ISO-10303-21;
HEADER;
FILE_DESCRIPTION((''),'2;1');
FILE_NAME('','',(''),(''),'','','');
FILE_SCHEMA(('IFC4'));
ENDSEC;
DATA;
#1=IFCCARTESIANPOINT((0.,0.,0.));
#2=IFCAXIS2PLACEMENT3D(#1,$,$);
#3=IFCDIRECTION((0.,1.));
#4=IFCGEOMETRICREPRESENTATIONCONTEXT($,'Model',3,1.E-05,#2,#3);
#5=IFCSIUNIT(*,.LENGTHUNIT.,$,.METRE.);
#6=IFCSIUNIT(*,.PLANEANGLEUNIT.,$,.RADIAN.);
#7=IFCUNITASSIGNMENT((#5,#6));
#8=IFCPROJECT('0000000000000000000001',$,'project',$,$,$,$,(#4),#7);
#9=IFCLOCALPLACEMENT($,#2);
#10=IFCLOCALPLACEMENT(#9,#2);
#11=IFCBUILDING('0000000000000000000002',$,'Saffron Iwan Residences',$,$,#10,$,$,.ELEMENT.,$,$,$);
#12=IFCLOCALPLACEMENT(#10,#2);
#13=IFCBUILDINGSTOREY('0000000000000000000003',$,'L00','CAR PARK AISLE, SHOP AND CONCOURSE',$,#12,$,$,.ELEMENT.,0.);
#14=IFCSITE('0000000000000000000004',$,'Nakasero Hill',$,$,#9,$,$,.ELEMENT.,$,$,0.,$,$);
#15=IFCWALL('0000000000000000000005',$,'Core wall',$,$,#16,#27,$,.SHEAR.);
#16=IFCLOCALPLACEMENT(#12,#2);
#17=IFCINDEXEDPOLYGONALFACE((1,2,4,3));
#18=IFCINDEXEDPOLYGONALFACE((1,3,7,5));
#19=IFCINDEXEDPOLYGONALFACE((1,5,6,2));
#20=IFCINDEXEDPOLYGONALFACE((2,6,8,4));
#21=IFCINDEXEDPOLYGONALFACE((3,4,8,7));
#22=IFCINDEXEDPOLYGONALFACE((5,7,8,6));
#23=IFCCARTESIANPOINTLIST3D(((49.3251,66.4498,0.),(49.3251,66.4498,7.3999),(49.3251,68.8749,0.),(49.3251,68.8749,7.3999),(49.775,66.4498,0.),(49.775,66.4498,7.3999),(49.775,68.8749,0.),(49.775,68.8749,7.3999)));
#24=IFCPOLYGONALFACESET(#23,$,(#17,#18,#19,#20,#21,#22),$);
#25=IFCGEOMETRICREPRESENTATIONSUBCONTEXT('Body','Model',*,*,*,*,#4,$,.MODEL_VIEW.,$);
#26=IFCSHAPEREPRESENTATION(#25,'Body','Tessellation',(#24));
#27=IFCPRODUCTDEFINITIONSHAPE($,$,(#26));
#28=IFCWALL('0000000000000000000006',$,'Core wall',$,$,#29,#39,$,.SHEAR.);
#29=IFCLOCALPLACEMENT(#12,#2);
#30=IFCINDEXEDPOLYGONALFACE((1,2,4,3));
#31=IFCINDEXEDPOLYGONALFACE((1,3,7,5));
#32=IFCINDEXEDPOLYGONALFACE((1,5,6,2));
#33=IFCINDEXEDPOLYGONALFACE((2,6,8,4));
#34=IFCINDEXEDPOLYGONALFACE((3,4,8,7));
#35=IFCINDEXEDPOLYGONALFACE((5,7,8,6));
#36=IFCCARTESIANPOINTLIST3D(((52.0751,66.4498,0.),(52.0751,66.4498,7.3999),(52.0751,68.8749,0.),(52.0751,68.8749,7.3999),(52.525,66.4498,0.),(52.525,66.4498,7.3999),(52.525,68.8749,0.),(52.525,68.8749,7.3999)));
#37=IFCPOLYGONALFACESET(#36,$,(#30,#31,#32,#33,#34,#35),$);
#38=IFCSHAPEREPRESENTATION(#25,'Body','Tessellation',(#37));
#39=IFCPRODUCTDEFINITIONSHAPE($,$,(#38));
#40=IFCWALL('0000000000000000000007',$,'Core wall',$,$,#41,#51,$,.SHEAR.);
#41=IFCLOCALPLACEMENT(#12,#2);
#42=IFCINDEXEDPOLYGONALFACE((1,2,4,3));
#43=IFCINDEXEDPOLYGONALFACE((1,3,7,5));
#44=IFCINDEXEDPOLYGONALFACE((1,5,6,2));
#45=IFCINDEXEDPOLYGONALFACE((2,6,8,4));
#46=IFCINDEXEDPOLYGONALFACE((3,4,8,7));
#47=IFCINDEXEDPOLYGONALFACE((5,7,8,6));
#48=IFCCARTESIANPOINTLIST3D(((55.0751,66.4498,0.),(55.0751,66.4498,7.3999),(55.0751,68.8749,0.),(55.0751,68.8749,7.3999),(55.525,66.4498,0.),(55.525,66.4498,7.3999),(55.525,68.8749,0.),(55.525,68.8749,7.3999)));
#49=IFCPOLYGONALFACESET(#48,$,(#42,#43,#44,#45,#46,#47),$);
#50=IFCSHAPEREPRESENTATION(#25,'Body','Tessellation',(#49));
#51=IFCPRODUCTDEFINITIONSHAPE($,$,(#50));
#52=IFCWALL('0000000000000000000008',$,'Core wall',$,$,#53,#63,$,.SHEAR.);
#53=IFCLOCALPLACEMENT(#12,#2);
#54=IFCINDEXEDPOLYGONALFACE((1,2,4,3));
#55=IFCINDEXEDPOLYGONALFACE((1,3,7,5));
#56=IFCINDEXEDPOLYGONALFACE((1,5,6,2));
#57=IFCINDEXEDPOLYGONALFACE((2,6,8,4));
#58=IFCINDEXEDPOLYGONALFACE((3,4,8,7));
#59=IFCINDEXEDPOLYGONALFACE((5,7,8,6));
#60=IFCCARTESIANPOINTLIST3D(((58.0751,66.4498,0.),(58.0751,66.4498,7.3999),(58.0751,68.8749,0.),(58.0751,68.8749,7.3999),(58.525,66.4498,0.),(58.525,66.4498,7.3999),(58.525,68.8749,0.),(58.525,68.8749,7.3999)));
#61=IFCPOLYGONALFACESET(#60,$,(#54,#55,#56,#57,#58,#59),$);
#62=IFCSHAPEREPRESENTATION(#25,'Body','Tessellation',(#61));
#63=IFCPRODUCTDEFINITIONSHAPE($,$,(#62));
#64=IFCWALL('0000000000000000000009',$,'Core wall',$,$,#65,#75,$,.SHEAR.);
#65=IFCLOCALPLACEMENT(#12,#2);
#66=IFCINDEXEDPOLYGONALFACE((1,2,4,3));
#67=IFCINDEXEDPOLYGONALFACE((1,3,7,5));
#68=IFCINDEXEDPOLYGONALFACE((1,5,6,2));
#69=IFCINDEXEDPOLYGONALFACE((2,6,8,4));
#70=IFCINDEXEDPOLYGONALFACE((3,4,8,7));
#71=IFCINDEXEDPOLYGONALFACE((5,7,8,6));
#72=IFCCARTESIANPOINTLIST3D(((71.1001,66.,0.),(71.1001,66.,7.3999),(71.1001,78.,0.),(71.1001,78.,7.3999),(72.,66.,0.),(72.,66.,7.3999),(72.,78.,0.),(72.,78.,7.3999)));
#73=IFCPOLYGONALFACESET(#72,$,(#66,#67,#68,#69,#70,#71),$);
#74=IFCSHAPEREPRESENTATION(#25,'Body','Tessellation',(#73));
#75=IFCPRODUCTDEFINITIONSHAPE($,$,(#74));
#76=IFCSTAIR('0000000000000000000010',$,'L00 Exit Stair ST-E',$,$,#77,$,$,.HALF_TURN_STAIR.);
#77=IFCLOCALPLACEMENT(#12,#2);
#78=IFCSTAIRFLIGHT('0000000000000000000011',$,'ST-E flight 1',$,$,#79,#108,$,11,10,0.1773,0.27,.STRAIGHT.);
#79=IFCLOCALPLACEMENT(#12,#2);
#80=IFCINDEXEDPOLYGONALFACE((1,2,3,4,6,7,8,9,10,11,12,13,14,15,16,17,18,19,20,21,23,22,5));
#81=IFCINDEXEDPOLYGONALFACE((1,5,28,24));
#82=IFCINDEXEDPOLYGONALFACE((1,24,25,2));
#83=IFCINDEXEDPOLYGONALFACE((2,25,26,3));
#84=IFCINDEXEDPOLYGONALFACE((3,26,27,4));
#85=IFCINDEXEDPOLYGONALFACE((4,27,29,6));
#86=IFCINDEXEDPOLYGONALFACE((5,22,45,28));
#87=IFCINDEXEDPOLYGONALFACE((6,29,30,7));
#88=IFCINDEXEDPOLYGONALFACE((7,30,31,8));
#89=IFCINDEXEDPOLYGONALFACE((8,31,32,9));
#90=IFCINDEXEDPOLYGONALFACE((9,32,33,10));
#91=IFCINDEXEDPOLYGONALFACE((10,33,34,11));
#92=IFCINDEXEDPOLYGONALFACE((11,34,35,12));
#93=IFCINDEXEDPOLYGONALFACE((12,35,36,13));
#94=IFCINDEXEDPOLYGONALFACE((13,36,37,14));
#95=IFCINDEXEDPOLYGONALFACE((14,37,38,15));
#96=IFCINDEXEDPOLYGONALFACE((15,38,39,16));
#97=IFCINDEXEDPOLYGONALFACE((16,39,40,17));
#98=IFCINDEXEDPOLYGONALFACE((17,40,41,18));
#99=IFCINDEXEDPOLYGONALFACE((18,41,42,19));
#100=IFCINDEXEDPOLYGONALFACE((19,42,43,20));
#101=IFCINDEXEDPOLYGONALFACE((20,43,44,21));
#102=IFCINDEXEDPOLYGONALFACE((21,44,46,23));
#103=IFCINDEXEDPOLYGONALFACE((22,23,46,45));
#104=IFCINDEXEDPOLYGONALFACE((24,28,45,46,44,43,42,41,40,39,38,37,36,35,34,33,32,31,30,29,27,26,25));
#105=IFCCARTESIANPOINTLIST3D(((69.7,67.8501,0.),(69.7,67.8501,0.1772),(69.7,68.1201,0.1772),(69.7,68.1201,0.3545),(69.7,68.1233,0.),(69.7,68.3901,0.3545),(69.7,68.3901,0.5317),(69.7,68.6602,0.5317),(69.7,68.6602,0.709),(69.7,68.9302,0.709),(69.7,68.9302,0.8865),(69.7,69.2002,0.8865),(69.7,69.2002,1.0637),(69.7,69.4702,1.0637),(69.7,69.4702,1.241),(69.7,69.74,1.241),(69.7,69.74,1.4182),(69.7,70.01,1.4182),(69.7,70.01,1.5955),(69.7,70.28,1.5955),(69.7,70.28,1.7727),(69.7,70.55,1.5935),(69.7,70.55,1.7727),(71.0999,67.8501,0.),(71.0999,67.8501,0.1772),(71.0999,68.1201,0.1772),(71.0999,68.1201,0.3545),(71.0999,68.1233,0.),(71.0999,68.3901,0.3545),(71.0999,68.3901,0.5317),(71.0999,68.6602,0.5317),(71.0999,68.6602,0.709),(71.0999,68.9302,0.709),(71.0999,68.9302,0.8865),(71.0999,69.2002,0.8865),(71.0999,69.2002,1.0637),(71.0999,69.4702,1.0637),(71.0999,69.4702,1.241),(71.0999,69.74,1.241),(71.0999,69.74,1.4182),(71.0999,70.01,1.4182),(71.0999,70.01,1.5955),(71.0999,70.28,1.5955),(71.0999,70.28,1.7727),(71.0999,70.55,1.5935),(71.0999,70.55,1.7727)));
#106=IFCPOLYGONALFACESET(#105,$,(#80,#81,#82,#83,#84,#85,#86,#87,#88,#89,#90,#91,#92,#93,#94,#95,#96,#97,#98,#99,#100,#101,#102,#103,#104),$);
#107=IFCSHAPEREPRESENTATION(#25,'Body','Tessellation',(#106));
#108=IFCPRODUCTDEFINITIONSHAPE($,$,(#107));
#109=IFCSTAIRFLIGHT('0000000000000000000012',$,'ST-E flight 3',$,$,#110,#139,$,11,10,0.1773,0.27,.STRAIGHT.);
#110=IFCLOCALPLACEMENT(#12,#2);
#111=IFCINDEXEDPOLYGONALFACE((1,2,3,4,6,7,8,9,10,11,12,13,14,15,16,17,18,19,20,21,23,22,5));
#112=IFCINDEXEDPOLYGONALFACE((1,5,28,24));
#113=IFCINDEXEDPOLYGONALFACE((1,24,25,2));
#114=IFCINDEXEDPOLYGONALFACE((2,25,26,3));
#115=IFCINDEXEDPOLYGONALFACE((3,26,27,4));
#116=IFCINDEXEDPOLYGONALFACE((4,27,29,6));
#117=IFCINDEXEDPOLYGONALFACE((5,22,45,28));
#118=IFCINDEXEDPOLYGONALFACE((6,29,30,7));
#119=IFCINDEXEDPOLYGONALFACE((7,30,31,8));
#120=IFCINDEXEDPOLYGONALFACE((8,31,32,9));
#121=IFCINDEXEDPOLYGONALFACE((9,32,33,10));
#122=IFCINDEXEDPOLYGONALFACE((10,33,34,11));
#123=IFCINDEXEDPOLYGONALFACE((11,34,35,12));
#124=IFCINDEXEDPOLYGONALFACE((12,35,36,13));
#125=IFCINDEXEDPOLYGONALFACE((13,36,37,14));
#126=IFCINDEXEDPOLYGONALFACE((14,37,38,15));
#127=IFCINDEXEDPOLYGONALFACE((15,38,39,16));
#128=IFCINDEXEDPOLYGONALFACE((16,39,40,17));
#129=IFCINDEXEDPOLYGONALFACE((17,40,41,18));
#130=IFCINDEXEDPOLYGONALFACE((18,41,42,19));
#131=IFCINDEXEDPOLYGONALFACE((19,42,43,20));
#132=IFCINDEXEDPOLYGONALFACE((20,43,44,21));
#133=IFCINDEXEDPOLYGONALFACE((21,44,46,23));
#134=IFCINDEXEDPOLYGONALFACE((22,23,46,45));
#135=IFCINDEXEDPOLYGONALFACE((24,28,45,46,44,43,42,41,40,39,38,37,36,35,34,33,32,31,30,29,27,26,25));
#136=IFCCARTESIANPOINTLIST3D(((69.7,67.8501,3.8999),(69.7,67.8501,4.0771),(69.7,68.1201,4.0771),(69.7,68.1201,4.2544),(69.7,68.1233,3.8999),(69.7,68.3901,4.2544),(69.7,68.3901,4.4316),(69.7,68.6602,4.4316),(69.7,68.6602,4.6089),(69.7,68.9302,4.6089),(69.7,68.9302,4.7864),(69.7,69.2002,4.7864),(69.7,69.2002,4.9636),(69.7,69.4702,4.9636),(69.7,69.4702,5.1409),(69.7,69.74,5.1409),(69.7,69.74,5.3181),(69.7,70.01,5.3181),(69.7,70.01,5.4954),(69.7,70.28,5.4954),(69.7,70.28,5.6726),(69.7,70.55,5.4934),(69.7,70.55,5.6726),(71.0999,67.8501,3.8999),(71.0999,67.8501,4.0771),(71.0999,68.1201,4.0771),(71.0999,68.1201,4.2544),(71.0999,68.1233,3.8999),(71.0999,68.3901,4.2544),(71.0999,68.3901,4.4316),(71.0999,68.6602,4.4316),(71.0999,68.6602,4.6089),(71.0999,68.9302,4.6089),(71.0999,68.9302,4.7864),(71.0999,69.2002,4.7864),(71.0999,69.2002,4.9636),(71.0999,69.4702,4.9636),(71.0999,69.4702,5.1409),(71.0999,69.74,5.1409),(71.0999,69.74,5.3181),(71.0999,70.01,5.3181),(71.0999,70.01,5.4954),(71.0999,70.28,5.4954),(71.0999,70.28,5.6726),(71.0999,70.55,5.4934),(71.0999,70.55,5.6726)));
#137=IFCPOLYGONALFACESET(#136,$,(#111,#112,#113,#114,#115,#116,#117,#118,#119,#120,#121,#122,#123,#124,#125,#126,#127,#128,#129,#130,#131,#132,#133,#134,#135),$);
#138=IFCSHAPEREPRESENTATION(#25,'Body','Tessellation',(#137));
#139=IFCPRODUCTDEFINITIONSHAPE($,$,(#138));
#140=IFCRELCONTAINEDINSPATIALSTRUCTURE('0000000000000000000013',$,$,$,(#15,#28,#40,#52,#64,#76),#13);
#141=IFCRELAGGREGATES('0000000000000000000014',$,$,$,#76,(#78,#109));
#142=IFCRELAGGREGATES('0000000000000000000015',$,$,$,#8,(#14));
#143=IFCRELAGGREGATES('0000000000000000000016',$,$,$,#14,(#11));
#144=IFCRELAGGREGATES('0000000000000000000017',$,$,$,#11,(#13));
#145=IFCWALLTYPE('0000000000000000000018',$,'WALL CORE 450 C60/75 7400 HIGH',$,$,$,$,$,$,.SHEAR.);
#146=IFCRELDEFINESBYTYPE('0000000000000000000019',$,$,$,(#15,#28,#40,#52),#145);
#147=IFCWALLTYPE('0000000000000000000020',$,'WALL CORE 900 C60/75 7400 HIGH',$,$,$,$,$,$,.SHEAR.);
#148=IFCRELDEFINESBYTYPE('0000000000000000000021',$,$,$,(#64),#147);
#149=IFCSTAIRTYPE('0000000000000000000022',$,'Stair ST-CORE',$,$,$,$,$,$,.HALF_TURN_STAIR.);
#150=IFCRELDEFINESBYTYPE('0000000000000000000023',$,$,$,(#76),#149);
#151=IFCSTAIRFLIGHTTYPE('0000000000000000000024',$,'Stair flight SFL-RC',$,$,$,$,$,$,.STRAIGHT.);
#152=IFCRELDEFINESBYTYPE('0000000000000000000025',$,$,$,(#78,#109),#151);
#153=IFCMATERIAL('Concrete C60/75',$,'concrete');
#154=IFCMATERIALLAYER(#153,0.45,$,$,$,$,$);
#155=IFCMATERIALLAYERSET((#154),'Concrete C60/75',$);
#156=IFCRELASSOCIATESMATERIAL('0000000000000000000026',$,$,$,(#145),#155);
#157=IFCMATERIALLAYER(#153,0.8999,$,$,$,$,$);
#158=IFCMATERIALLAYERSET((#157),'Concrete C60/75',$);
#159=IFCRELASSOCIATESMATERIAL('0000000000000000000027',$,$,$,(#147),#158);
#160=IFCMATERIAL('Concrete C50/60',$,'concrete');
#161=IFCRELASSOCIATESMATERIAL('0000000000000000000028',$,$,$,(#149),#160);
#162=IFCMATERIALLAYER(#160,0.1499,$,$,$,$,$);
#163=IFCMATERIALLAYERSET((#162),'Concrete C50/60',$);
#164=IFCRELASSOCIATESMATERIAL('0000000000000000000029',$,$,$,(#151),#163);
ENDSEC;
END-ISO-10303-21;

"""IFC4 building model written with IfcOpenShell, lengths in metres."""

from ifc_helpers import new_model, si_unit, direction, frame, frame_2d, origin, place, context, subcontext, project, spatial, polyline, rectangle, outline, extrude, material, layer, layer_set, type_object, element, aggregate, save


model = new_model("IFC4")

# Units and contexts
model_context = context("Model", 3, precision=1e-05, world=origin(), true_north=direction((0.0, 1.0)))
body_context = subcontext(model_context, "Body", "Model", "MODEL_VIEW")
ifc_project = project(units=[si_unit("LENGTHUNIT", "METRE"), si_unit("PLANEANGLEUNIT", "RADIAN")], contexts=[model_context])

# Site, building, storey
site_placement = place(None, origin())
site = spatial("IfcSite", under=ifc_project, at=site_placement, Name="Nakasero Hill", CompositionType="ELEMENT", RefElevation=0.0)
building_placement = place(site_placement, origin())
building = spatial("IfcBuilding", under=site, at=building_placement, Name="Saffron Iwan Residences", CompositionType="ELEMENT")
storey_placement = place(building_placement, origin())
storey = spatial("IfcBuildingStorey", under=building, at=storey_placement, Name="L00", Description="CAR PARK AISLE, SHOP AND CONCOURSE", CompositionType="ELEMENT", Elevation=0.0)

# Shared definitions
ifc_material_1 = material(Name="Concrete C50/60", Category="concrete")

# Shared definitions
ifc_material_2 = material(Name="Concrete C60/75", Category="concrete")
ifc_layer_1 = layer(ifc_material_2, 0.45)
ifc_layer_set_1 = layer_set([ifc_layer_1], Name="Concrete C60/75")
wall_type_1 = type_object("IfcWallType", Name="WALL CORE 450 C60/75 7400 HIGH", PredefinedType="SHEAR", material=ifc_layer_set_1)

# Walls
for number, where, z_axis, x_axis, name in (
    (1, (49.55, 66.45, 0.0), (0.0, 0.0, 1.0), (0.0, 1.0, 0.0), "Core wall"),
    (2, (52.3, 66.45, 0.0), (0.0, 0.0, 1.0), (0.0, 1.0, 0.0), "Core wall"),
    (3, (55.3, 66.45, 0.0), (0.0, 0.0, 1.0), (0.0, 1.0, 0.0), "Core wall"),
    (4, (58.3, 66.45, 0.0), (0.0, 0.0, 1.0), (0.0, 1.0, 0.0), "Core wall"),
):
    element("IfcWall", number, at=place(storey_placement, frame(where, z_axis=z_axis, x_axis=x_axis)), inside=storey, type_object=wall_type_1, Name=name, PredefinedType="SHEAR", context=body_context, shape_type="SweptSolid", body=[
        extrude(rectangle(XDim=2.425, YDim=0.45, at=frame_2d((1.2124, 0.0))), origin(), (0.0, 0.0, 1.0), 7.3999),
    ])
ifc_layer_2 = layer(ifc_material_2, 0.8999)
ifc_layer_set_2 = layer_set([ifc_layer_2], Name="Concrete C60/75")
wall_type_2 = type_object("IfcWallType", Name="WALL CORE 900 C60/75 7400 HIGH", PredefinedType="SHEAR", material=ifc_layer_set_2)
wall_1_placement = place(storey_placement, frame((71.55, 66.0, 0.0), z_axis=(0.0, 0.0, 1.0), x_axis=(0.0, 1.0, 0.0)))
element("IfcWall", 5, at=wall_1_placement, inside=storey, type_object=wall_type_2, Name="Core wall", PredefinedType="SHEAR", context=body_context, shape_type="SweptSolid", body=[
    extrude(rectangle(XDim=12.0, YDim=0.8999, at=frame_2d((6.0, 0.0))), origin(), (0.0, 0.0, 1.0), 7.3999),
])

# Stair, stair flights
stair_type = type_object("IfcStairType", Name="Stair ST-CORE", PredefinedType="HALF_TURN_STAIR", material=ifc_material_1)
stair_placement = place(storey_placement, origin())
stair = element("IfcStair", 6, at=stair_placement, inside=storey, type_object=stair_type, Name="L00 Exit Stair ST-E", PredefinedType="HALF_TURN_STAIR")
ifc_layer_3 = layer(ifc_material_1, 0.1499)
ifc_layer_set_3 = layer_set([ifc_layer_3], Name="Concrete C50/60")
stair_flight_type = type_object("IfcStairFlightType", Name="Stair flight SFL-RC", PredefinedType="STRAIGHT", material=ifc_layer_set_3)
stair_flight_1_placement = place(storey_placement, frame((70.3999, 67.8501, 0.0), z_axis=(0.0, 0.0, 1.0), x_axis=(0.0, 1.0, 0.0)))
stair_flight_1 = element("IfcStairFlight", 7, at=stair_flight_1_placement, type_object=stair_flight_type, Name="ST-E flight 1", NumberOfRisers=11, NumberOfTreads=10, PredefinedType="STRAIGHT", RiserHeight=0.1773, TreadLength=0.27, context=body_context, shape_type="SweptSolid", body=[
    extrude(outline(polyline([(0.0, 0.0), (0.0, 0.1772), (0.27, 0.1772), (0.27, 0.3545), (0.54, 0.3545), (0.54, 0.5317), (0.8101, 0.5317), (0.8101, 0.709), (1.0801, 0.709), (1.0801, 0.8865), (1.3501, 0.8865), (1.3501, 1.0637), (1.6201, 1.0637), (1.6201, 1.241), (1.8899, 1.241), (1.8899, 1.4182), (2.1599, 1.4182), (2.1599, 1.5955), (2.4299, 1.5955), (2.4299, 1.7727), (2.7, 1.7727), (2.7, 1.95), (2.7, 1.5935), (0.2732, 0.0), (0.0, 0.0)])), frame((0.0, 0.7, 0.0), z_axis=(0.0, -1.0, 0.0), x_axis=(1.0, 0.0, 0.0)), (0.0, 0.0, 1.0), 1.3999),
])
stair_flight_2_placement = place(storey_placement, frame((70.3999, 67.8501, 3.8999), z_axis=(0.0, 0.0, 1.0), x_axis=(0.0, 1.0, 0.0)))
stair_flight_2 = element("IfcStairFlight", 8, at=stair_flight_2_placement, type_object=stair_flight_type, Name="ST-E flight 3", NumberOfRisers=11, NumberOfTreads=10, PredefinedType="STRAIGHT", RiserHeight=0.1773, TreadLength=0.27, context=body_context, shape_type="SweptSolid", body=[
    extrude(outline(polyline([(0.0, 0.0), (0.0, 0.1772), (0.27, 0.1772), (0.27, 0.3545), (0.54, 0.3545), (0.54, 0.5317), (0.8101, 0.5317), (0.8101, 0.709), (1.0801, 0.709), (1.0801, 0.8865), (1.3501, 0.8865), (1.3501, 1.0637), (1.6201, 1.0637), (1.6201, 1.241), (1.8899, 1.241), (1.8899, 1.4182), (2.1599, 1.4182), (2.1599, 1.5955), (2.4299, 1.5955), (2.4299, 1.7727), (2.7, 1.7727), (2.7, 1.95), (2.7, 1.5935), (0.2732, 0.0), (0.0, 0.0)])), frame((0.0, 0.7, 0.0), z_axis=(0.0, -1.0, 0.0), x_axis=(1.0, 0.0, 0.0)), (0.0, 0.0, 1.0), 1.3999),
])
aggregate(stair, [stair_flight_1, stair_flight_2])

save(model, "model.ifc")
